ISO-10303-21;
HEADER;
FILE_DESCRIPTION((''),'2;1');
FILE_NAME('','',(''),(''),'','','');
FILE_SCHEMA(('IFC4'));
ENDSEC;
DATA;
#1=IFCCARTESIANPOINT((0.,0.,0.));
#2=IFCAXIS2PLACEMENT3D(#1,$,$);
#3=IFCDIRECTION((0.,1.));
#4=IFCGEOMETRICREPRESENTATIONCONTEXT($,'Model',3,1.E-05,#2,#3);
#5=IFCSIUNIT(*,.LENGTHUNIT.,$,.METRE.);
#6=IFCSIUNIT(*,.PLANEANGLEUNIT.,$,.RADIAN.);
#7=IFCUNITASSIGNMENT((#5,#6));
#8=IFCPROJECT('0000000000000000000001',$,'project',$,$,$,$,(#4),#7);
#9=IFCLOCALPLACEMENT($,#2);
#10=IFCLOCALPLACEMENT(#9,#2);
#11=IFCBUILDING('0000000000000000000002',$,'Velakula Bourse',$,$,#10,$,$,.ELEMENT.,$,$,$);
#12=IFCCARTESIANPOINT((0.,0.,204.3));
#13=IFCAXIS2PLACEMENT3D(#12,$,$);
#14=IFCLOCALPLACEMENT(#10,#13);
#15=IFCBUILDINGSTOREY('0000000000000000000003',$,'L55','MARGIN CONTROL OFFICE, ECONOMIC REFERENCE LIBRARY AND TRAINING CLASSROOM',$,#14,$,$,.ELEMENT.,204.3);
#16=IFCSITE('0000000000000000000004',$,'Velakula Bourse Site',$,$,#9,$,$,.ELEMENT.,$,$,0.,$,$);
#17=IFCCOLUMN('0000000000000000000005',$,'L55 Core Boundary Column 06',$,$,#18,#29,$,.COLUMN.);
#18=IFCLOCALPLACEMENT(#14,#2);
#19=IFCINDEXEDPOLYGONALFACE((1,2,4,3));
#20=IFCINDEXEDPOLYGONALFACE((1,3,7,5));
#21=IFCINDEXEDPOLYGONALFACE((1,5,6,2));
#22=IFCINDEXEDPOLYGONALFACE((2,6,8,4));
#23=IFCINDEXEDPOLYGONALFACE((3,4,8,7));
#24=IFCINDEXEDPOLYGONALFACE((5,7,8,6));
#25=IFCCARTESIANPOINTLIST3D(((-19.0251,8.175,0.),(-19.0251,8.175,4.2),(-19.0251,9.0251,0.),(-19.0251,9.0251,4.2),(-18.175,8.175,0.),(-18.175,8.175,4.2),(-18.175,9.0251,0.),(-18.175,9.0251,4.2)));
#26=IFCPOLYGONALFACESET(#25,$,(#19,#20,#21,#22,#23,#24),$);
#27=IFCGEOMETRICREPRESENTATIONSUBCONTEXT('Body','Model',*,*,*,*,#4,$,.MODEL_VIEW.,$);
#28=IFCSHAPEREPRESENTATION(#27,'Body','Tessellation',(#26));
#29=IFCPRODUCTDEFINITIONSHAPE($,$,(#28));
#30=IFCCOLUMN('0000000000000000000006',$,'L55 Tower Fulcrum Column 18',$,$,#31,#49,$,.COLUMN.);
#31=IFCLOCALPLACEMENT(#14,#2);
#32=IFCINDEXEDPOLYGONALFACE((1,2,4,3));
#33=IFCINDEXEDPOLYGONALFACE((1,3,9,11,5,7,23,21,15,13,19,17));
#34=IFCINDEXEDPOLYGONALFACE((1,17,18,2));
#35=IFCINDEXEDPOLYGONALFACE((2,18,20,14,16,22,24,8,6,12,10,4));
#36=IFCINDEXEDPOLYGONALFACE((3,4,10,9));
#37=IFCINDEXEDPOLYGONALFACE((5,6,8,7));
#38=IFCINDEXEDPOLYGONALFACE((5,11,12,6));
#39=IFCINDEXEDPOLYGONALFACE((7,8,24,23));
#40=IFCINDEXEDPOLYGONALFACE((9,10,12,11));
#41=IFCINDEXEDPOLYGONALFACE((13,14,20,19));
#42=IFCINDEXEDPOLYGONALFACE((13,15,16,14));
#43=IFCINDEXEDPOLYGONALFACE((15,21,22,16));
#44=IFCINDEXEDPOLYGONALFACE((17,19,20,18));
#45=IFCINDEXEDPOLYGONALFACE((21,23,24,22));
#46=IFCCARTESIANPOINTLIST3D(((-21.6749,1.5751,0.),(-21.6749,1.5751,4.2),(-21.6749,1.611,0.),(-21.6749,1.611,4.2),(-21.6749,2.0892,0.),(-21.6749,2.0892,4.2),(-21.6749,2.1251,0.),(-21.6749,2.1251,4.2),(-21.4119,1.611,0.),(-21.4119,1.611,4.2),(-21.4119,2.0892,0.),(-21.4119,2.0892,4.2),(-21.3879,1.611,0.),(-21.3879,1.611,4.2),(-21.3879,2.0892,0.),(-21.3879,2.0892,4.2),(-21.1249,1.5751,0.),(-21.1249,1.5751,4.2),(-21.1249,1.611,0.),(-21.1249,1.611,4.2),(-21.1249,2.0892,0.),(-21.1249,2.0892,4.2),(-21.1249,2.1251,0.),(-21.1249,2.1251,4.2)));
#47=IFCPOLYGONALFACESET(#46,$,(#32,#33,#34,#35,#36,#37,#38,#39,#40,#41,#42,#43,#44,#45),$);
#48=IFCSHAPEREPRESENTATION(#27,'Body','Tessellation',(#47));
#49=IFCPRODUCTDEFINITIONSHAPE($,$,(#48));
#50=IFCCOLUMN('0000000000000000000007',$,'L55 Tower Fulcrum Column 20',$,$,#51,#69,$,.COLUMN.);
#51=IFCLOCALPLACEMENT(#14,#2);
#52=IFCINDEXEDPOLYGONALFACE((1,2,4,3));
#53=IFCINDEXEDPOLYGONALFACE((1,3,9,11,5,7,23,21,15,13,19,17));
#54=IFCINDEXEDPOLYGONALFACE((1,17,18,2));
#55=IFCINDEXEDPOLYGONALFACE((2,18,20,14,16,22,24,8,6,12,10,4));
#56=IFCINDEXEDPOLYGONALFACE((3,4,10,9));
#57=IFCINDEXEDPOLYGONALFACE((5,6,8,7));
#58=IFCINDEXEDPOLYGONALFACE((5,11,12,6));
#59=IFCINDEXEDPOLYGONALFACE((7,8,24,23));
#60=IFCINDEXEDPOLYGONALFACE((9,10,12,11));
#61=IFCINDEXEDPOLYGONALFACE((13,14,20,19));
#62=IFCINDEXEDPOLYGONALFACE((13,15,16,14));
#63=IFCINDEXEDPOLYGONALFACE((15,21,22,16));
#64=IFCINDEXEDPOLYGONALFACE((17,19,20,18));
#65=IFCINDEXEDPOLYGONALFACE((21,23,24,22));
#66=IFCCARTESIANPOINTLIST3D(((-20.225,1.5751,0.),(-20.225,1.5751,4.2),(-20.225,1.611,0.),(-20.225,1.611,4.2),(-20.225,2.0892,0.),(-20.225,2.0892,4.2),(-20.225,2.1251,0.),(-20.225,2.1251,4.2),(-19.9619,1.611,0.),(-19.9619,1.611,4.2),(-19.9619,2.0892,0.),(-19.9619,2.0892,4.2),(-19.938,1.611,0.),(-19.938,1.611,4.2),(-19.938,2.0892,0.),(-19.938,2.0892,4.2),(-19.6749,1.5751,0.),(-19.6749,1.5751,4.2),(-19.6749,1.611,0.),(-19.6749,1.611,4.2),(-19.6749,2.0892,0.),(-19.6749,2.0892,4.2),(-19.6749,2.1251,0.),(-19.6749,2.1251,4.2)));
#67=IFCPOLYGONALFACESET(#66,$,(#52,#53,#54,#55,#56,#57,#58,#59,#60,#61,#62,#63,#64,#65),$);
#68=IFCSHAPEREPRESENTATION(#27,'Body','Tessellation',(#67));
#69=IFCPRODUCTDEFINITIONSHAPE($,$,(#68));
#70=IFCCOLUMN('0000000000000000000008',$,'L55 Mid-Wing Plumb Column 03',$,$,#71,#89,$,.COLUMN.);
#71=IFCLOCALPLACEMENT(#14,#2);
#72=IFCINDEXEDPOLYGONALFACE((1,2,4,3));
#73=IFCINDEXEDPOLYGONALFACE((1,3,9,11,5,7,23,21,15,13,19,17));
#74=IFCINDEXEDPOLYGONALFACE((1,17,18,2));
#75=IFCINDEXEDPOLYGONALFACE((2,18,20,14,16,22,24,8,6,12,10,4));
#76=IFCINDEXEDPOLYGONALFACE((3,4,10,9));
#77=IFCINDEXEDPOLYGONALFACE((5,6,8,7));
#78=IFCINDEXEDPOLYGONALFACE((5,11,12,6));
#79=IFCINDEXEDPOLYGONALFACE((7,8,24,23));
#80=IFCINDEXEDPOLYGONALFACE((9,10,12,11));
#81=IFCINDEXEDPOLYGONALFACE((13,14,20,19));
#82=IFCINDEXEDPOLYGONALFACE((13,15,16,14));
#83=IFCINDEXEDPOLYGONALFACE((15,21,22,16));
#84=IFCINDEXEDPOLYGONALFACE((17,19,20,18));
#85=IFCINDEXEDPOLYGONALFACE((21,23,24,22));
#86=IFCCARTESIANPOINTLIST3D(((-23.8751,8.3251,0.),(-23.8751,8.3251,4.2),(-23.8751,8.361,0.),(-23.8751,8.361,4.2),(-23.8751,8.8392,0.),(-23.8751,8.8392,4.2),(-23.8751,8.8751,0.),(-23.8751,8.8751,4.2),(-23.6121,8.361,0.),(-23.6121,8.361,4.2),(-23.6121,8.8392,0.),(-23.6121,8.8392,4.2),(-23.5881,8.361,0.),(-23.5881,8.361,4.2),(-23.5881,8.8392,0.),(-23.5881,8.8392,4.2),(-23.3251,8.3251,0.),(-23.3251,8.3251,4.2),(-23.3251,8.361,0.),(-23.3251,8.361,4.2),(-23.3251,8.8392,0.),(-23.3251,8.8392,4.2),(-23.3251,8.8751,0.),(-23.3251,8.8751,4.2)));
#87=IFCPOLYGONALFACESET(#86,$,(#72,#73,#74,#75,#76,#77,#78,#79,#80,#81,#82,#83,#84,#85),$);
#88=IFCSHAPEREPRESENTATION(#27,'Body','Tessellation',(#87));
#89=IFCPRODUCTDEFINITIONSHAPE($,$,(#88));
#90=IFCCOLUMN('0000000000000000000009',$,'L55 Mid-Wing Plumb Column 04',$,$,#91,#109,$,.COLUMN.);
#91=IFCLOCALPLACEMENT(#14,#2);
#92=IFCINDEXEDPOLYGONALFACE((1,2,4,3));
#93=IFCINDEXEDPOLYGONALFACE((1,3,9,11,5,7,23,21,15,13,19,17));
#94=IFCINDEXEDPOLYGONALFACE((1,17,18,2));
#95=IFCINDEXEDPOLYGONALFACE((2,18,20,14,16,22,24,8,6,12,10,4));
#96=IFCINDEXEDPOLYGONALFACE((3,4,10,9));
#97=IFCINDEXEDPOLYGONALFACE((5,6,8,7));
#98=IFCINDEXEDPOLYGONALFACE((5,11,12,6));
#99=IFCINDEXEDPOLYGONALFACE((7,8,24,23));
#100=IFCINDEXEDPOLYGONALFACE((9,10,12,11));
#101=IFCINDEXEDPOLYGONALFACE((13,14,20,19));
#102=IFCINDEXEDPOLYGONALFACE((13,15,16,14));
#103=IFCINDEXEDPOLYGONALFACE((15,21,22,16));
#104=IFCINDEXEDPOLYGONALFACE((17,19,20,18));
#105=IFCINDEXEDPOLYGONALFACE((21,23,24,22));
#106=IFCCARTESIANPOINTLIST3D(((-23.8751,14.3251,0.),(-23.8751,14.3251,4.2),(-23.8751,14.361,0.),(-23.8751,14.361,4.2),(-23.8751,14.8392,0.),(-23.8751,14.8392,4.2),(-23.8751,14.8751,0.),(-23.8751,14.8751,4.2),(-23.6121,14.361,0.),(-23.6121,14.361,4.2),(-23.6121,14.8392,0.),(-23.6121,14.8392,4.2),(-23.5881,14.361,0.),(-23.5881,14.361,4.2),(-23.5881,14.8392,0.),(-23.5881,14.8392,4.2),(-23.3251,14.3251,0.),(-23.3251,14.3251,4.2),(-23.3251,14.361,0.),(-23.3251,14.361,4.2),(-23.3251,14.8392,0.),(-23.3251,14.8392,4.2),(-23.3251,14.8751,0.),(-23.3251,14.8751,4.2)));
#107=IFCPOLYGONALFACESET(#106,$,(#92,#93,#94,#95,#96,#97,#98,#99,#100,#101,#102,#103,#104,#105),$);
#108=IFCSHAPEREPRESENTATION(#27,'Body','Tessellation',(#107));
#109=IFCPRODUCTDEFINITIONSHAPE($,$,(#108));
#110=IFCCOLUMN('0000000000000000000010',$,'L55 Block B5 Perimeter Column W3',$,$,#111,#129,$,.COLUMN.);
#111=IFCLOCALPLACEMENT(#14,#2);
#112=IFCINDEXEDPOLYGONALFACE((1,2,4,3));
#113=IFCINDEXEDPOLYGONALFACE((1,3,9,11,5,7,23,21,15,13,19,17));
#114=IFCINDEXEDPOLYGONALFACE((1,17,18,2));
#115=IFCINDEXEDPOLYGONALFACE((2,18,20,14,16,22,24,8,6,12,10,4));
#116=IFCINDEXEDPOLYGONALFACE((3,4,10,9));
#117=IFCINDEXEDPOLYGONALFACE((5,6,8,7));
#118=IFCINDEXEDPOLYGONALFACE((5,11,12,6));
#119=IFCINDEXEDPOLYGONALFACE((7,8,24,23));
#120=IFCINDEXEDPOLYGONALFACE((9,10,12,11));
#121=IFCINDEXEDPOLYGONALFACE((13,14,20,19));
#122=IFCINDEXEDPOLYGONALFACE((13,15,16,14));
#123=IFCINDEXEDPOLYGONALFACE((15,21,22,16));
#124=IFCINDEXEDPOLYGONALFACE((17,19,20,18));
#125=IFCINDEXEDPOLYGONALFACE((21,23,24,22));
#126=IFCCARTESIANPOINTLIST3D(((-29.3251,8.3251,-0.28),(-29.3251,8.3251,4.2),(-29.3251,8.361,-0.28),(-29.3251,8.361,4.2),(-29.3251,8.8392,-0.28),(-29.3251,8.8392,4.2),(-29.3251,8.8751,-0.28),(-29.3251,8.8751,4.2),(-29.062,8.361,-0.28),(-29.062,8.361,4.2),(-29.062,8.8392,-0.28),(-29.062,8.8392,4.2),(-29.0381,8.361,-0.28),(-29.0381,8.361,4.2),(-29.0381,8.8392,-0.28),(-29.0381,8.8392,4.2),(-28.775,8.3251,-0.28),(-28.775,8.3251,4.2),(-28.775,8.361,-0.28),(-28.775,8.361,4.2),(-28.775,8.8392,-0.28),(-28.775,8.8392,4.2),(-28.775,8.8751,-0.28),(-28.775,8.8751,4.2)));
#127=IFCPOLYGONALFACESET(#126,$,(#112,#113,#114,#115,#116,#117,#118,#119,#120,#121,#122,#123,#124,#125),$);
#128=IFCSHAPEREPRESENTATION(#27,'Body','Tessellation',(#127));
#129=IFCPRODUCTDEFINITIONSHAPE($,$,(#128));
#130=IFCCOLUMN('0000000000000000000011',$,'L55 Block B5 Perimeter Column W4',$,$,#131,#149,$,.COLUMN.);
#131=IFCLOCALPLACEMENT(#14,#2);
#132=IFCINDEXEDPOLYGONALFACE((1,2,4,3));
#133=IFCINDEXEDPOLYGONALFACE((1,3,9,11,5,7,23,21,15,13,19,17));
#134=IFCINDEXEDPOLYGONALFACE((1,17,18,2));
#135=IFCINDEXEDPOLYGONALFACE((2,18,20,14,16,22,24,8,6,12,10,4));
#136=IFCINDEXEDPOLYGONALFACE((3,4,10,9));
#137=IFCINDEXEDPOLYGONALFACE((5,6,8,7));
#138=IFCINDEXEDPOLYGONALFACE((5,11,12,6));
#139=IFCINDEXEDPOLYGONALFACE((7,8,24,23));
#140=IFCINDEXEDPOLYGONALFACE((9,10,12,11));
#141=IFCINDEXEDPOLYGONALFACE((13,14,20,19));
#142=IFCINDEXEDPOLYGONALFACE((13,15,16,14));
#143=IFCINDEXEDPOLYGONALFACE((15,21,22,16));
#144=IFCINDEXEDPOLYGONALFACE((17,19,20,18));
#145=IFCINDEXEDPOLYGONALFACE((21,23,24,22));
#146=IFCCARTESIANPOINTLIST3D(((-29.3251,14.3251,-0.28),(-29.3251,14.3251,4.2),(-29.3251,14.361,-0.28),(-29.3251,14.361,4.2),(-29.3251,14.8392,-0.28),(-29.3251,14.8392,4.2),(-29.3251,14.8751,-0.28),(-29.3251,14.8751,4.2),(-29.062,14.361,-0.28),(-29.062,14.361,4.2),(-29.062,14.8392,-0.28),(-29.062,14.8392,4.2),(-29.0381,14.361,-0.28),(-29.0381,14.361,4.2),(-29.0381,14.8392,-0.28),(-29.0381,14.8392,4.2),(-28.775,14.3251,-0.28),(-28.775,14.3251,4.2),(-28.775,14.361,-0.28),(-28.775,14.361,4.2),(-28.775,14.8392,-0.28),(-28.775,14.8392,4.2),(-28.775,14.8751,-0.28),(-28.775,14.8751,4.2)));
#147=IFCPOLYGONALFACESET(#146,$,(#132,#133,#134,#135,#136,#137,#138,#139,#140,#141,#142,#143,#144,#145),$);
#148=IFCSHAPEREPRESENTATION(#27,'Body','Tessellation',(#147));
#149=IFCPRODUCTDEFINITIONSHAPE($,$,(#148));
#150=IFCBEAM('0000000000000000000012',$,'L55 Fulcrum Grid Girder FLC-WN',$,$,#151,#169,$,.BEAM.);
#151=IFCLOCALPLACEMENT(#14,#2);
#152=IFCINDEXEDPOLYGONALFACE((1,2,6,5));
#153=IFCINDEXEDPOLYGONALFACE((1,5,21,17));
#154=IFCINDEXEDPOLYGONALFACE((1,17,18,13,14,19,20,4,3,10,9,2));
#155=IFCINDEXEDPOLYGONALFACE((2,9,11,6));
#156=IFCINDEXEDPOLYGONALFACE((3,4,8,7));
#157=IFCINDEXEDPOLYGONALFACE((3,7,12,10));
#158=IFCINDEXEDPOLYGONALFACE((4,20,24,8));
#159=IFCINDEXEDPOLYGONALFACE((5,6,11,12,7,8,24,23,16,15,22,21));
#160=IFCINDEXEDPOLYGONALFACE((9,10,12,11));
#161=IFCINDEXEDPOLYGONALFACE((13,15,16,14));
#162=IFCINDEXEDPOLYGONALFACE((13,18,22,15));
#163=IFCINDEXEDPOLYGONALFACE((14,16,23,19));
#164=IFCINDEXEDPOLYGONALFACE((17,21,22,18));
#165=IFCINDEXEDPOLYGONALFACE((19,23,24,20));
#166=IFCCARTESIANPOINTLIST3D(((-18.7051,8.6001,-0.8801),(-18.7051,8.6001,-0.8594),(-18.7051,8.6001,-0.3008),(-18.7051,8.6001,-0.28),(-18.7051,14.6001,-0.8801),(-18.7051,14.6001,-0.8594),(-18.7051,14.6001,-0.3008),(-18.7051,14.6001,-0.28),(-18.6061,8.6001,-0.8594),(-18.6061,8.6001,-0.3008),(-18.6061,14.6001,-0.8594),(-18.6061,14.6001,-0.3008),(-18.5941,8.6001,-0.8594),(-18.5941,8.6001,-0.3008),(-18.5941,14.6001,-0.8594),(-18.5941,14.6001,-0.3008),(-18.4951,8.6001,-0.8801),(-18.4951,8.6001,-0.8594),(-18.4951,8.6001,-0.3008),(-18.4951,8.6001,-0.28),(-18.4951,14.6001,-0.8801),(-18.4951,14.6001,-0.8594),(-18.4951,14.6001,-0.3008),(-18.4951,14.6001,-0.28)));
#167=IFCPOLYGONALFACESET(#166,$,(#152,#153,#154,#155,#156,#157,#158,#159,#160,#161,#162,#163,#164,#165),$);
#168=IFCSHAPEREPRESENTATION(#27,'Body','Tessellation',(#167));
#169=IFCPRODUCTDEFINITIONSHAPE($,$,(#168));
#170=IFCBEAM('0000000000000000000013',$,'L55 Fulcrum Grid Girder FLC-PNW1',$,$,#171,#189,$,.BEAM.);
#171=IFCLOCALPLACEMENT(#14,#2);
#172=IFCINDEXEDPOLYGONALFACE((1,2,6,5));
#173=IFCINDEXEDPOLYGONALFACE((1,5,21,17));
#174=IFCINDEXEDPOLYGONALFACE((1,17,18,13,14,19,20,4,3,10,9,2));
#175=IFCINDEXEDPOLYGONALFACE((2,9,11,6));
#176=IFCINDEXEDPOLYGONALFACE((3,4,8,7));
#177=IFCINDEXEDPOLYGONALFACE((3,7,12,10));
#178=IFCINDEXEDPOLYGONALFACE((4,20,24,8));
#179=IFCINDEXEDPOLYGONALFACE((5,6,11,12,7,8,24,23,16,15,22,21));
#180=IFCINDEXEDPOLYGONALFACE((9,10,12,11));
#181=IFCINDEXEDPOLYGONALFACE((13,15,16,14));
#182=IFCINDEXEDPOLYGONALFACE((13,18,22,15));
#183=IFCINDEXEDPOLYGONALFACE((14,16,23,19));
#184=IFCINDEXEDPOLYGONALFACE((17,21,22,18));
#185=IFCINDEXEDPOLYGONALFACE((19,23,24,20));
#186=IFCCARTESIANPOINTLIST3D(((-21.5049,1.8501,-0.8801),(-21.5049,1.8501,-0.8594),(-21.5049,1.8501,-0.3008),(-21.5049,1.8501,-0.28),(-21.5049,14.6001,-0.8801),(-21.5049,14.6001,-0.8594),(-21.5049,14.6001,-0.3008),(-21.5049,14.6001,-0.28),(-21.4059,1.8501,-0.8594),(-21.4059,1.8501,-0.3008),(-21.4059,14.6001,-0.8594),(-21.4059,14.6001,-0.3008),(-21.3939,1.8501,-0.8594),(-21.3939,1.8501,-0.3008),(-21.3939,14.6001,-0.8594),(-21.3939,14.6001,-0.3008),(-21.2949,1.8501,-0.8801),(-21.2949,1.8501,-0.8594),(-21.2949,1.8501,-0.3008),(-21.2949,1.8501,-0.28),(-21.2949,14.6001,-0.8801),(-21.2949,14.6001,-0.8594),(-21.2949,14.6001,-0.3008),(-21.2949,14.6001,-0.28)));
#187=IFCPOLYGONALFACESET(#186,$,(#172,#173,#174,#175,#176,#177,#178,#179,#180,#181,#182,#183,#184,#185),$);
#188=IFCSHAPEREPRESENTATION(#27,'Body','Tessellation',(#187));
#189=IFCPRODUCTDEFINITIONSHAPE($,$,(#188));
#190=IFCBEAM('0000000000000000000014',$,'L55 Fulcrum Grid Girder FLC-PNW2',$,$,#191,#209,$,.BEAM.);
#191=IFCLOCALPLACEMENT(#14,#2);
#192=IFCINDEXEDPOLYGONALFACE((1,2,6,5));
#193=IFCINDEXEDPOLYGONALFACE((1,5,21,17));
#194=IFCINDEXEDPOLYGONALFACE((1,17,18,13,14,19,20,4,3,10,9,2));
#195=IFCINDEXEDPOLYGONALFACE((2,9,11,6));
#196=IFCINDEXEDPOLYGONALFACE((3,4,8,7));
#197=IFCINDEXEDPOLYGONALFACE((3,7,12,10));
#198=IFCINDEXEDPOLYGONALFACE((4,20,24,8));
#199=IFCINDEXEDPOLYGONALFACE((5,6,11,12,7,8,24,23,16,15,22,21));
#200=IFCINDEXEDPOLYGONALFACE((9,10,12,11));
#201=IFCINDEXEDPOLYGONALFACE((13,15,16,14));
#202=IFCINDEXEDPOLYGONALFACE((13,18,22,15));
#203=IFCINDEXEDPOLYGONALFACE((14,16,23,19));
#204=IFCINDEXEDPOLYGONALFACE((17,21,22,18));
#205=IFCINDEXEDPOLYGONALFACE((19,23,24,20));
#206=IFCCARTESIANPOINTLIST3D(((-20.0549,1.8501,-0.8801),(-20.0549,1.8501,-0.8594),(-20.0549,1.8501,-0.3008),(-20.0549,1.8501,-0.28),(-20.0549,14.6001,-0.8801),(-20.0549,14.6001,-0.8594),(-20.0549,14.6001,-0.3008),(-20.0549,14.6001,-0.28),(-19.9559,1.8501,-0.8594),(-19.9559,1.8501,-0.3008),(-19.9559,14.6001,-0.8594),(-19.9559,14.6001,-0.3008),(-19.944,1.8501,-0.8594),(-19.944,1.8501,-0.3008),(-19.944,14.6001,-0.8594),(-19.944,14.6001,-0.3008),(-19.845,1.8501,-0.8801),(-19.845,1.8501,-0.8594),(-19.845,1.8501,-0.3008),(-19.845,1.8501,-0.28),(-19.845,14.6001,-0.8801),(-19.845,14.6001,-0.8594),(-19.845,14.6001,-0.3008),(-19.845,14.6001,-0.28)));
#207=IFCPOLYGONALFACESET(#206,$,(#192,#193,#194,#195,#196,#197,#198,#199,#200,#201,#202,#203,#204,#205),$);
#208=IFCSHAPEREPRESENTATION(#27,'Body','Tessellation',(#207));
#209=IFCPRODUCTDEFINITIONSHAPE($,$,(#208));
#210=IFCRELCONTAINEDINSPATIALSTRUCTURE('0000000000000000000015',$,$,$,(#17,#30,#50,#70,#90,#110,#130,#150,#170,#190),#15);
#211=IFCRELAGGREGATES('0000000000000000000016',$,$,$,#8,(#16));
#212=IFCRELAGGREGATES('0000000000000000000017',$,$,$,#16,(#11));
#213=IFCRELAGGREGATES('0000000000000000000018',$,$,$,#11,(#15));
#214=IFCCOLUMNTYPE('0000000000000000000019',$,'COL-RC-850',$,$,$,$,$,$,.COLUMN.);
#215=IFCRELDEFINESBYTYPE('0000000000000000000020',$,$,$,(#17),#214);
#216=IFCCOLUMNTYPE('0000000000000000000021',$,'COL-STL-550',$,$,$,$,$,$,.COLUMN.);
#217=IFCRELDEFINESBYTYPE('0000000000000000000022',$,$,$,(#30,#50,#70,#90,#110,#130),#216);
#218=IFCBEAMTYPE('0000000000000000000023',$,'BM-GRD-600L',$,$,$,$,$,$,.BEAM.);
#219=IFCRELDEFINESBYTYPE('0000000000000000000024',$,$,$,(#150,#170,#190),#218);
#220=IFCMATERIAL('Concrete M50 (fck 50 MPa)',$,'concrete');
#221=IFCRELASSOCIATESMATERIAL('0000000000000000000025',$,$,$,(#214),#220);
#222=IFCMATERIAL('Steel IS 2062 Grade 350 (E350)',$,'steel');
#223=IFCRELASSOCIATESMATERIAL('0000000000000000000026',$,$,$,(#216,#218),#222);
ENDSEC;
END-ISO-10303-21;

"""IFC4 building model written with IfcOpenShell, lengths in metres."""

from ifc_helpers import new_model, si_unit, direction, frame, origin, origin_2d, place, context, subcontext, project, spatial, rectangle, i_section, extrude, material, material_profile, profile_set, type_object, element, save


model = new_model("IFC4")

# Units and contexts
model_context = context("Model", 3, precision=1e-05, world=origin(), true_north=direction((0.0, 1.0)))
body_context = subcontext(model_context, "Body", "Model", "MODEL_VIEW")
ifc_project = project(units=[si_unit("LENGTHUNIT", "METRE"), si_unit("PLANEANGLEUNIT", "RADIAN")], contexts=[model_context])

# Site, building, storey
site_placement = place(None, origin())
site = spatial("IfcSite", under=ifc_project, at=site_placement, Name="Velakula Bourse Site", CompositionType="ELEMENT", RefElevation=0.0)
building_placement = place(site_placement, origin())
building = spatial("IfcBuilding", under=site, at=building_placement, Name="Velakula Bourse", CompositionType="ELEMENT")
storey_placement = place(building_placement, frame((0.0, 0.0, 204.3)))
storey = spatial("IfcBuildingStorey", under=building, at=storey_placement, Name="L55", Description="MARGIN CONTROL OFFICE, ECONOMIC REFERENCE LIBRARY AND TRAINING CLASSROOM", CompositionType="ELEMENT", Elevation=204.3)

# Columns
ifc_material_1 = material(Name="Concrete M50 (fck 50 MPa)", Category="concrete")
ifc_material_profile_1 = material_profile(ifc_material_1, rectangle(XDim=0.8501, YDim=0.8501, at=origin_2d()), Name="Concrete M50 (fck 50 MPa)")
ifc_profile_set_1 = profile_set([ifc_material_profile_1], Name="Concrete M50 (fck 50 MPa)")
column_type_1 = type_object("IfcColumnType", Name="COL-RC-850", PredefinedType="COLUMN", material=ifc_profile_set_1)
column_placement = place(storey_placement, frame((-18.6001, 8.6001, 0.0), z_axis=(0.0, 0.0, 1.0), x_axis=(1.0, 0.0, 0.0)))
element("IfcColumn", 1, at=column_placement, inside=storey, type_object=column_type_1, Name="L55 Core Boundary Column 06", PredefinedType="COLUMN", context=body_context, shape_type="SweptSolid", body=[
    extrude(rectangle(XDim=0.8501, YDim=0.8501, at=origin_2d()), origin(), (0.0, 0.0, 1.0), 4.2),
])
ifc_material_2 = material(Name="Steel IS 2062 Grade 350 (E350)", Category="steel")
ifc_material_profile_2 = material_profile(ifc_material_2, i_section(OverallWidth=0.55, OverallDepth=0.55, WebThickness=0.0239, FlangeThickness=0.0359, at=origin_2d()), Name="Steel IS 2062 Grade 350 (E350)")
ifc_profile_set_2 = profile_set([ifc_material_profile_2], Name="Steel IS 2062 Grade 350 (E350)")
column_type_2 = type_object("IfcColumnType", Name="COL-STL-550", PredefinedType="COLUMN", material=ifc_profile_set_2)
for number, where, z_axis, x_axis, name in (
    (2, (-21.3999, 1.8501, 0.0), (0.0, 0.0, 1.0), (1.0, 0.0, 0.0), "L55 Tower Fulcrum Column 18"),
    (3, (-19.95, 1.8501, 0.0), (0.0, 0.0, 1.0), (1.0, 0.0, 0.0), "L55 Tower Fulcrum Column 20"),
    (4, (-23.6001, 8.6001, 0.0), (0.0, 0.0, 1.0), (1.0, 0.0, 0.0), "L55 Mid-Wing Plumb Column 03"),
    (5, (-23.6001, 14.6001, 0.0), (0.0, 0.0, 1.0), (1.0, 0.0, 0.0), "L55 Mid-Wing Plumb Column 04"),
):
    element("IfcColumn", number, at=place(storey_placement, frame(where, z_axis=z_axis, x_axis=x_axis)), inside=storey, type_object=column_type_2, Name=name, PredefinedType="COLUMN", context=body_context, shape_type="SweptSolid", body=[
        extrude(i_section(OverallWidth=0.55, OverallDepth=0.55, WebThickness=0.0239, FlangeThickness=0.0359, at=origin_2d()), origin(), (0.0, 0.0, 1.0), 4.2),
    ])
for number, where, z_axis, x_axis, name in (
    (6, (-29.05, 8.6001, -0.28), (0.0, 0.0, 1.0), (1.0, 0.0, 0.0), "L55 Block B5 Perimeter Column W3"),
    (7, (-29.05, 14.6001, -0.28), (0.0, 0.0, 1.0), (1.0, 0.0, 0.0), "L55 Block B5 Perimeter Column W4"),
):
    element("IfcColumn", number, at=place(storey_placement, frame(where, z_axis=z_axis, x_axis=x_axis)), inside=storey, type_object=column_type_2, Name=name, PredefinedType="COLUMN", context=body_context, shape_type="SweptSolid", body=[
        extrude(i_section(OverallWidth=0.55, OverallDepth=0.55, WebThickness=0.0239, FlangeThickness=0.0359, at=origin_2d()), origin(), (0.0, 0.0, 1.0), 4.48),
    ])

# Beams
ifc_material_profile_3 = material_profile(ifc_material_2, i_section(OverallWidth=0.21, OverallDepth=0.6001, WebThickness=0.012, FlangeThickness=0.0208, at=origin_2d()), Name="Steel IS 2062 Grade 350 (E350)")
ifc_profile_set_3 = profile_set([ifc_material_profile_3], Name="Steel IS 2062 Grade 350 (E350)")
beam_type_1 = type_object("IfcBeamType", Name="BM-GRD-600L", PredefinedType="BEAM", material=ifc_profile_set_3)
beam_1_placement = place(storey_placement, frame((-18.6001, 8.6001, -0.5801), z_axis=(0.0, 1.0, 0.0), x_axis=(-1.0, 0.0, 0.0)))
element("IfcBeam", 8, at=beam_1_placement, inside=storey, type_object=beam_type_1, Name="L55 Fulcrum Grid Girder FLC-WN", PredefinedType="BEAM", context=body_context, shape_type="SweptSolid", body=[
    extrude(i_section(OverallWidth=0.21, OverallDepth=0.6001, WebThickness=0.012, FlangeThickness=0.0208, at=origin_2d()), origin(), (0.0, 0.0, 1.0), 6.0),
])
for number, where, z_axis, x_axis, name in (
    (9, (-21.3999, 1.8501, -0.5801), (0.0, 1.0, 0.0), (-1.0, 0.0, 0.0), "L55 Fulcrum Grid Girder FLC-PNW1"),
    (10, (-19.95, 1.8501, -0.5801), (0.0, 1.0, 0.0), (-1.0, 0.0, 0.0), "L55 Fulcrum Grid Girder FLC-PNW2"),
):
    element("IfcBeam", number, at=place(storey_placement, frame(where, z_axis=z_axis, x_axis=x_axis)), inside=storey, type_object=beam_type_1, Name=name, PredefinedType="BEAM", context=body_context, shape_type="SweptSolid", body=[
        extrude(i_section(OverallWidth=0.21, OverallDepth=0.6001, WebThickness=0.012, FlangeThickness=0.0208, at=origin_2d()), origin(), (0.0, 0.0, 1.0), 12.75),
    ])

save(model, "model.ifc")
